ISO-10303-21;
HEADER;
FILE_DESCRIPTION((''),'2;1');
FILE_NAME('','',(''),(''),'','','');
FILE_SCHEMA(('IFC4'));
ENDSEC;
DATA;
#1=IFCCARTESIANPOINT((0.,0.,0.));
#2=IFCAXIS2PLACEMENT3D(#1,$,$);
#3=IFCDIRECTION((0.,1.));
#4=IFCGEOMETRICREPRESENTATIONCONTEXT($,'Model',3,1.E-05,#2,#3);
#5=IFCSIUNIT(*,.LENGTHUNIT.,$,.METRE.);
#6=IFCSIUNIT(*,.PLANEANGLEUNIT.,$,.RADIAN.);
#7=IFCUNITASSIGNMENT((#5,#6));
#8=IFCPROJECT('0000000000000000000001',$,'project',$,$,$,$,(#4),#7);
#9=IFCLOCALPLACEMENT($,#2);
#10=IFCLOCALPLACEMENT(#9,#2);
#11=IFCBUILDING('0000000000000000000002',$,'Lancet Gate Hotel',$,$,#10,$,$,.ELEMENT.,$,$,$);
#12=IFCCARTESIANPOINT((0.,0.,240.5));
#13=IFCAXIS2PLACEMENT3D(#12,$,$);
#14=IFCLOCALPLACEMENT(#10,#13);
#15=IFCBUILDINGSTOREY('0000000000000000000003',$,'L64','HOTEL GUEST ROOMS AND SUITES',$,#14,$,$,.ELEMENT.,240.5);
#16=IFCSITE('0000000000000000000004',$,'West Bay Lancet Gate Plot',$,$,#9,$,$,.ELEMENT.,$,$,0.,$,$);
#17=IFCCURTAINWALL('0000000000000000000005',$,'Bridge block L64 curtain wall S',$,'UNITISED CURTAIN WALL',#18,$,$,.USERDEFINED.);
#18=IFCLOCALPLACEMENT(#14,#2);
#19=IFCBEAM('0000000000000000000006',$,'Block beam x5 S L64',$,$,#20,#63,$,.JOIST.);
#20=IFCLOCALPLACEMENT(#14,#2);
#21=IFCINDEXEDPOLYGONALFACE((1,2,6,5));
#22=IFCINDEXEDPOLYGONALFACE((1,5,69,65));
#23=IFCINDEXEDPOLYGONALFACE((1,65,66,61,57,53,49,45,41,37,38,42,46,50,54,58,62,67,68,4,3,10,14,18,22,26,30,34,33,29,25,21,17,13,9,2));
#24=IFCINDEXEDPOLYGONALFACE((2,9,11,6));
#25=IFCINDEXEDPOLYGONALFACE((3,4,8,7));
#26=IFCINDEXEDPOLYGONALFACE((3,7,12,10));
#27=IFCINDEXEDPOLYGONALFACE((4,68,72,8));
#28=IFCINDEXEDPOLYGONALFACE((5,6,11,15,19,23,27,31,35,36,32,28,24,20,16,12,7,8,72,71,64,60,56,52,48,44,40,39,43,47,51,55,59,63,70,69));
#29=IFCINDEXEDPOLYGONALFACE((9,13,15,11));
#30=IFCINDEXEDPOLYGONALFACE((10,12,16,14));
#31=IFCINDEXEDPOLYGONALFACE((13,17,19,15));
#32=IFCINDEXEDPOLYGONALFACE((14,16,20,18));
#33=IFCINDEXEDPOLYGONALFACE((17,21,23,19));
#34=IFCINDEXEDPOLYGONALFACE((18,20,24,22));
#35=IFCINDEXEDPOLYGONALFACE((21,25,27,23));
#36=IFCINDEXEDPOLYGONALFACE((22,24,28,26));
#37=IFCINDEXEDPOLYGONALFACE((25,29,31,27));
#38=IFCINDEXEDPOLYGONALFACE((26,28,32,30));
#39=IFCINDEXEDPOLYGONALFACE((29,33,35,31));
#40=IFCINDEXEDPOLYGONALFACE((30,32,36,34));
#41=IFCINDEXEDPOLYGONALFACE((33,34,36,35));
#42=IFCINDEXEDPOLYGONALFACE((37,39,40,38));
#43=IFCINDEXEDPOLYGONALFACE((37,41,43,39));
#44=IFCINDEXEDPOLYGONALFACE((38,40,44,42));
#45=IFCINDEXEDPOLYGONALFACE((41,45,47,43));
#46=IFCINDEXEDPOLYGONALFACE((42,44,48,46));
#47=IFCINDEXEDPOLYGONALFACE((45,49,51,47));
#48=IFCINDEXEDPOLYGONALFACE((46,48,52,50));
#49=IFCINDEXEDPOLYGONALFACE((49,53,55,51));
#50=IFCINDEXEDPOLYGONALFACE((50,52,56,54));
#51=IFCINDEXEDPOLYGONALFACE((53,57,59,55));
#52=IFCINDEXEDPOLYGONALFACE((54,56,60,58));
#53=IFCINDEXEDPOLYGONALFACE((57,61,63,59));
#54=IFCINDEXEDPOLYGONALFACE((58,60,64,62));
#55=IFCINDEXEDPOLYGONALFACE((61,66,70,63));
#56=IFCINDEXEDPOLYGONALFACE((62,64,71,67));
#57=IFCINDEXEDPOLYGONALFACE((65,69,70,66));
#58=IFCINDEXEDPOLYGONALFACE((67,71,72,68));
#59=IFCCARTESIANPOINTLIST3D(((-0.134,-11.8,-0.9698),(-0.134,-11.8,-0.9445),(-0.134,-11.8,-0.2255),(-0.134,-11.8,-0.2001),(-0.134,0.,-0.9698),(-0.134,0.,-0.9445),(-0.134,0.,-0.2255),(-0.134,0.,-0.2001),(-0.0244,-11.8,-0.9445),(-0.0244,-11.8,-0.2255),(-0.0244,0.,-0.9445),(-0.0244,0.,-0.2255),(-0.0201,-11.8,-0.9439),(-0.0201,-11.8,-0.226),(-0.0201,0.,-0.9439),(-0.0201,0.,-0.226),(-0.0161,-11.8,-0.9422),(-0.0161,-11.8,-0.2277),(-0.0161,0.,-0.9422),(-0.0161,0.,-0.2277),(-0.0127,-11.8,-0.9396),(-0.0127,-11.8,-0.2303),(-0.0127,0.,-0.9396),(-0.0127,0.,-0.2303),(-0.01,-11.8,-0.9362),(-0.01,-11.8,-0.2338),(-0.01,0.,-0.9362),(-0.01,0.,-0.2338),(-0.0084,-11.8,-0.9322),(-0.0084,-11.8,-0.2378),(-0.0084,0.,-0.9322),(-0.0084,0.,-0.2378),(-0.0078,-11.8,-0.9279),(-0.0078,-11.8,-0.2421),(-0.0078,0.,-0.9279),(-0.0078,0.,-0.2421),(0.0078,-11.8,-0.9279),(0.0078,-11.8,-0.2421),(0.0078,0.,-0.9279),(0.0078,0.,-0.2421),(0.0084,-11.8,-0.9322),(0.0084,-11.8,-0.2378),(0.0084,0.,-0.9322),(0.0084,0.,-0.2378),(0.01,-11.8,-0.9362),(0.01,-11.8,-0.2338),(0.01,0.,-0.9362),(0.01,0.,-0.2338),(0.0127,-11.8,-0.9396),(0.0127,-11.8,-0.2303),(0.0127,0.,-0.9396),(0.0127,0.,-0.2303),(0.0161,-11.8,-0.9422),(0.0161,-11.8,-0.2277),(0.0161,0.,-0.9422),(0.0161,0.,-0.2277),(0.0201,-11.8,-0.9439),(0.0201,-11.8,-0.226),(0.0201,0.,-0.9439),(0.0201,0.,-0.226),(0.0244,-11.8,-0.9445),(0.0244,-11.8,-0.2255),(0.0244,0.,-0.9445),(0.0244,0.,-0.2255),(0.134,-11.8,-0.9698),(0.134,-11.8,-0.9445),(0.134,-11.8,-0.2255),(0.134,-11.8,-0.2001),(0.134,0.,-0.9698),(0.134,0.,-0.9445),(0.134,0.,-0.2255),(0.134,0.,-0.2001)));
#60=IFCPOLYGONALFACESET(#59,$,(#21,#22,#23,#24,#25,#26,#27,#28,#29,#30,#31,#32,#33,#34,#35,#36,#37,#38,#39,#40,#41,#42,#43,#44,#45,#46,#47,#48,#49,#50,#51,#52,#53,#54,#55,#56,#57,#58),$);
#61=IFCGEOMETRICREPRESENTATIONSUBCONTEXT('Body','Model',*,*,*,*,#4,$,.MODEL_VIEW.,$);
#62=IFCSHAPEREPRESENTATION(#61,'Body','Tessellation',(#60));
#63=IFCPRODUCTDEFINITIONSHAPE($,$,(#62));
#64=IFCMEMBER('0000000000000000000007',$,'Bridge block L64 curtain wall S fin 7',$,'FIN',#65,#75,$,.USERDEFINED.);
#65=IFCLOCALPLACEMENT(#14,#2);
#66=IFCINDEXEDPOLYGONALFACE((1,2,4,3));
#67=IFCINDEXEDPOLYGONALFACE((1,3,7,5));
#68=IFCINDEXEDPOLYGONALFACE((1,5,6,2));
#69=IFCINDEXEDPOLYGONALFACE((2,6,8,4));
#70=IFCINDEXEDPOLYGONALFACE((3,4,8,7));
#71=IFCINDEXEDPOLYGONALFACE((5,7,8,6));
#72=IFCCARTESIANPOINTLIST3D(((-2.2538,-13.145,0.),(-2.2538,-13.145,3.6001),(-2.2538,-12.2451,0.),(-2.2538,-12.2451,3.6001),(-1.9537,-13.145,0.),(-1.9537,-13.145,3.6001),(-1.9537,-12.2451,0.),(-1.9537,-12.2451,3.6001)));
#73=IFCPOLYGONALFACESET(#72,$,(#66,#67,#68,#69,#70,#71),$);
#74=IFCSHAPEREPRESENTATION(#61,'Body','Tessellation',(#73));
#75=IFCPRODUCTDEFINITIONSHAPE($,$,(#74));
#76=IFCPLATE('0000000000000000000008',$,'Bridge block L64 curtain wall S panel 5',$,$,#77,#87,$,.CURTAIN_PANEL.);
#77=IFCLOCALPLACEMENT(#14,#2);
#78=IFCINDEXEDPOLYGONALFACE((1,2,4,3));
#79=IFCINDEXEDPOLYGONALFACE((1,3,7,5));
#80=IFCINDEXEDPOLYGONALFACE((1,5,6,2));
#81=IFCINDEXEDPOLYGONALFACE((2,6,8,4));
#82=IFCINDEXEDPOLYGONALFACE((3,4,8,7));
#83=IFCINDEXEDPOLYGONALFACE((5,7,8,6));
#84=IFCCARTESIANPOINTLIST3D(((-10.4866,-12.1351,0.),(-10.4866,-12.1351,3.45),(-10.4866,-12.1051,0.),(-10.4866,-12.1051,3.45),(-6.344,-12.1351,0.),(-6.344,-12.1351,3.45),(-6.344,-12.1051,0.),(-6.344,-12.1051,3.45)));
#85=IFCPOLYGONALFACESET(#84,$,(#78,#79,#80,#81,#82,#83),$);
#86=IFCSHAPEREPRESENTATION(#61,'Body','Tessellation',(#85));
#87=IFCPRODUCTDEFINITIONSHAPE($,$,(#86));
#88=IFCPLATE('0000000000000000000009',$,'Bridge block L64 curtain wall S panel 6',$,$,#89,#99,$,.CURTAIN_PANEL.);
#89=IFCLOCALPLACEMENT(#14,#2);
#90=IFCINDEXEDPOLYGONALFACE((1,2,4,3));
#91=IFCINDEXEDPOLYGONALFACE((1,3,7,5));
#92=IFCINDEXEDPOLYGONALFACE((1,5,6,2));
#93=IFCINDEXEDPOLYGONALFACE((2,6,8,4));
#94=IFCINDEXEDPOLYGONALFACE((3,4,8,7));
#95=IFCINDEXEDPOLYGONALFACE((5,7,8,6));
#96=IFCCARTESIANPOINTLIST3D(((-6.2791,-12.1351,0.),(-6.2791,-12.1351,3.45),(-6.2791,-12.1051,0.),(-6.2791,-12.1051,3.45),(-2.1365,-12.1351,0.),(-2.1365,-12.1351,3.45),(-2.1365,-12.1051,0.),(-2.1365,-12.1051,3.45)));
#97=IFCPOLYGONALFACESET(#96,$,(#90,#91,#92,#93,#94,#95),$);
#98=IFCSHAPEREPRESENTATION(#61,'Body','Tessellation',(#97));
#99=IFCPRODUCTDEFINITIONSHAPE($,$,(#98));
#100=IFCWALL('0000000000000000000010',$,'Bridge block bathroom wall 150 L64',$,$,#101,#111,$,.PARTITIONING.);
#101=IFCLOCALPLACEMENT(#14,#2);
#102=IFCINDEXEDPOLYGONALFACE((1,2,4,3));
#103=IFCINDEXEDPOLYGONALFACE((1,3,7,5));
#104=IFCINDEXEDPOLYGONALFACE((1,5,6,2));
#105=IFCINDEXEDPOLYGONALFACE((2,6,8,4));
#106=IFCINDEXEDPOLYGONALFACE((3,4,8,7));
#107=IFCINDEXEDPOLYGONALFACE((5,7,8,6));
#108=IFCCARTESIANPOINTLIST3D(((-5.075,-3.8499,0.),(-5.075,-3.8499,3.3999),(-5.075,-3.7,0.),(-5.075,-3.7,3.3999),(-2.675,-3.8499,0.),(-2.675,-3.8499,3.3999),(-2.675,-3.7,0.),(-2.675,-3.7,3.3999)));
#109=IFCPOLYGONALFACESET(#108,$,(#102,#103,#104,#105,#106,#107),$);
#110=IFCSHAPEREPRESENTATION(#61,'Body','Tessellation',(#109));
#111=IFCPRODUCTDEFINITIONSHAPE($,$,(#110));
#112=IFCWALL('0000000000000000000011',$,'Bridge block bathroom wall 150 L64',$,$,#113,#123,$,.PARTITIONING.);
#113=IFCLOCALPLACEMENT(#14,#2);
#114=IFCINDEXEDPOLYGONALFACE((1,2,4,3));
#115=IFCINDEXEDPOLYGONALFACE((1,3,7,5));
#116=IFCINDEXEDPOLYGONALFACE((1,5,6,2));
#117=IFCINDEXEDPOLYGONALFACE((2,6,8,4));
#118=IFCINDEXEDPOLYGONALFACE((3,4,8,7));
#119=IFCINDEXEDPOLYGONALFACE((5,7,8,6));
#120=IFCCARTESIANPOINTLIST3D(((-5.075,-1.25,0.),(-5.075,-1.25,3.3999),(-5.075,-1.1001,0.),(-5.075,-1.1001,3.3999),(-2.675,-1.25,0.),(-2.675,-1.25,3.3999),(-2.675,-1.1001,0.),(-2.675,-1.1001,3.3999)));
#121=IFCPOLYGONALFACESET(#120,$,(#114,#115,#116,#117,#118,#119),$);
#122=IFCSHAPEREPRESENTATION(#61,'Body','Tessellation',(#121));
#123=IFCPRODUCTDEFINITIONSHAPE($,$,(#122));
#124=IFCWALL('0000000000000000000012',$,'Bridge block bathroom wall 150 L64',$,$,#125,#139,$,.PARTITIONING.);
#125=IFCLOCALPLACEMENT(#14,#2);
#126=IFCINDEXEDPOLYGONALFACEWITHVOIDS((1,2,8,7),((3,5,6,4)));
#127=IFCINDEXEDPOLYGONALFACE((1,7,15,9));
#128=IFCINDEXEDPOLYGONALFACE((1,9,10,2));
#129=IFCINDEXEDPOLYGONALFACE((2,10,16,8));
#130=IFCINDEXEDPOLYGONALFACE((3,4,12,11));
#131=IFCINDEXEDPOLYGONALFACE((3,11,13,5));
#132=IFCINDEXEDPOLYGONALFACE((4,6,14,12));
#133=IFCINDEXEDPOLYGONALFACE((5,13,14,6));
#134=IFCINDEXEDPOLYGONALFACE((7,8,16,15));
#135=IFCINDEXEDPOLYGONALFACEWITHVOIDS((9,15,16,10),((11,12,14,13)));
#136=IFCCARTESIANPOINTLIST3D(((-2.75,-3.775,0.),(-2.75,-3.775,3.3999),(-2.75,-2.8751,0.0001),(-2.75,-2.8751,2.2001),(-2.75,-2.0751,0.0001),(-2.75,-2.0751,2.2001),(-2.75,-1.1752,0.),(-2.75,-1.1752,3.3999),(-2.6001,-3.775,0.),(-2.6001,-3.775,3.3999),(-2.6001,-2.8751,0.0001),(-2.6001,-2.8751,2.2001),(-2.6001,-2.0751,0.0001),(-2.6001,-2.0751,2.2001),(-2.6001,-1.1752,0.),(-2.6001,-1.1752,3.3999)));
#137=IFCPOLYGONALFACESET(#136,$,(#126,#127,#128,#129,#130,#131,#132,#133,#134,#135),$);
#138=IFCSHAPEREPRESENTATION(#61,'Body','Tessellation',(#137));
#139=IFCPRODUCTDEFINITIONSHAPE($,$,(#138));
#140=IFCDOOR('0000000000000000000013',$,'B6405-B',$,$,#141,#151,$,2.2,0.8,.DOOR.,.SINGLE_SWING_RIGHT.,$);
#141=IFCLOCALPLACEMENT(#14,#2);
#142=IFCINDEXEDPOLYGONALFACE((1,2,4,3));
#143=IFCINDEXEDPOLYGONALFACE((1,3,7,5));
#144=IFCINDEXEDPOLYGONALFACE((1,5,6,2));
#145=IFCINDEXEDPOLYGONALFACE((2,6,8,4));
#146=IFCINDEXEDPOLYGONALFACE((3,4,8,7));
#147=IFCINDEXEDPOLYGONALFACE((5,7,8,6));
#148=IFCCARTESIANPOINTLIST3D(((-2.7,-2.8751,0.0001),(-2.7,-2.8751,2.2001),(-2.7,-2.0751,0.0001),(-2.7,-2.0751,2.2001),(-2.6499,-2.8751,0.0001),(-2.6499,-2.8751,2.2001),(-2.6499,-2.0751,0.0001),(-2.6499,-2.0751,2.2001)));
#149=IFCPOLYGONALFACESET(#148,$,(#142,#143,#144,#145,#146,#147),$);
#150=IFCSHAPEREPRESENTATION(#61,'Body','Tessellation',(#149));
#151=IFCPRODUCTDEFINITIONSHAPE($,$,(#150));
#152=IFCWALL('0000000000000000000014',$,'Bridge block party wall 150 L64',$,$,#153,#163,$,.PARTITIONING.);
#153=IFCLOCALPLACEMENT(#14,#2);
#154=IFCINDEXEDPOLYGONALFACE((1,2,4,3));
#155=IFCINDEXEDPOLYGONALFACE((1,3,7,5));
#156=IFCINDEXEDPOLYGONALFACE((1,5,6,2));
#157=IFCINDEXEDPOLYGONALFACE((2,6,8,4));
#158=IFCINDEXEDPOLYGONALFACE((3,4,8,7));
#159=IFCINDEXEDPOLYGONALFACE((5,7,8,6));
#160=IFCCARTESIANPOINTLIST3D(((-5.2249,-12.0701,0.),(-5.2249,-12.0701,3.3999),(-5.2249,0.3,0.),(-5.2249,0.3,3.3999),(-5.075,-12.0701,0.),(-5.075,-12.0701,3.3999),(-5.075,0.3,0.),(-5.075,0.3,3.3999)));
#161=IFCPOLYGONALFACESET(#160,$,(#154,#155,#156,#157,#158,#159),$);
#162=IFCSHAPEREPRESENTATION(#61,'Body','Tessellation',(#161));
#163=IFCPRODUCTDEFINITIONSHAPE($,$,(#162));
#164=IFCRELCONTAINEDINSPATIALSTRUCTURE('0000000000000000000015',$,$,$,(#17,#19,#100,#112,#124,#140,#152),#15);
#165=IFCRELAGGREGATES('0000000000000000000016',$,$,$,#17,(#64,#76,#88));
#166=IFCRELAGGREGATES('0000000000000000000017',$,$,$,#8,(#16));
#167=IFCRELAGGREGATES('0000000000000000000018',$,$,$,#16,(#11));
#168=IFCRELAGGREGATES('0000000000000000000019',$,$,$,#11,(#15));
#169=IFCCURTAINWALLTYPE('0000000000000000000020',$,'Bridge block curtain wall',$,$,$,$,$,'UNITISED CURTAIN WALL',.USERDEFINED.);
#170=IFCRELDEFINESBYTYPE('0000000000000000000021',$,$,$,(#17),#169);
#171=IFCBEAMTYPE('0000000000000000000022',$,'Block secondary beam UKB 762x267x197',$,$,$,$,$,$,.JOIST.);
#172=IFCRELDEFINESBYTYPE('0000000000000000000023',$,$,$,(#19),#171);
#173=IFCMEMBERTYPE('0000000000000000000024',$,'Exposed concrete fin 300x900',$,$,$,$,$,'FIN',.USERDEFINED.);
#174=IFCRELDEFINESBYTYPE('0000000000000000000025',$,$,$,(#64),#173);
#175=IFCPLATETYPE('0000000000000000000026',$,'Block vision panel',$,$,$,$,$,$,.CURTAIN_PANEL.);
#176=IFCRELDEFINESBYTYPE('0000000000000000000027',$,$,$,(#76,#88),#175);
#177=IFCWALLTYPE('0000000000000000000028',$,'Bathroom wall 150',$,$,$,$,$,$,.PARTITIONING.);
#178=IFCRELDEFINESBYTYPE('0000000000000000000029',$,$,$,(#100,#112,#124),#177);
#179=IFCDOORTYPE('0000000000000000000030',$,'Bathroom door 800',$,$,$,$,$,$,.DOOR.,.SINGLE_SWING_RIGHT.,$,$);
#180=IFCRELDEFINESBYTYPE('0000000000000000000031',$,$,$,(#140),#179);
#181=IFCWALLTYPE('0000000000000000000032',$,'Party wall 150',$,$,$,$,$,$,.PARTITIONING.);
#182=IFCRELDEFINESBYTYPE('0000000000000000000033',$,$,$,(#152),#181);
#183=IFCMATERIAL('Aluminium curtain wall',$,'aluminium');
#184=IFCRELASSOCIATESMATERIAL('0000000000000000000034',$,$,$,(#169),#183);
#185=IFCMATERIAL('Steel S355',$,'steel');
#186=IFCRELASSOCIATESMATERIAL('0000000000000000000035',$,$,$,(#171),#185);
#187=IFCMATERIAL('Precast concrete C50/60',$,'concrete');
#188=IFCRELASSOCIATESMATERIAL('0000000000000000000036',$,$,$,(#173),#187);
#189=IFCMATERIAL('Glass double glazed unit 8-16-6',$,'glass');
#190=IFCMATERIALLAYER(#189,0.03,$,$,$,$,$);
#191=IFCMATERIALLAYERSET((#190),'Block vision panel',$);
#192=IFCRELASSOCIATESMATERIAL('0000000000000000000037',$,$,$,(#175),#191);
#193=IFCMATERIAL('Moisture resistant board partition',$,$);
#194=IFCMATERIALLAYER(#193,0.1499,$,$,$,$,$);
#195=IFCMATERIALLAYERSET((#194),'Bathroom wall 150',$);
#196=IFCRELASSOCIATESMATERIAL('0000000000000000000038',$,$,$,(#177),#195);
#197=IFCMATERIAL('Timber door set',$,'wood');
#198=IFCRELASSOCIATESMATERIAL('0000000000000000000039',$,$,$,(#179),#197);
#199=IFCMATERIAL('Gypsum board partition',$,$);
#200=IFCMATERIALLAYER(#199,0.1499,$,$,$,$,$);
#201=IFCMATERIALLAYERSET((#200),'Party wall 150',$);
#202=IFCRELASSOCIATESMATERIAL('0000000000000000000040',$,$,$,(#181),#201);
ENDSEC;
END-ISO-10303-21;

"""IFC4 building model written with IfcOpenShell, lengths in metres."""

from ifc_helpers import new_model, si_unit, direction, frame, frame_2d, origin, origin_2d, place, context, subcontext, project, spatial, rectangle, i_section, extrude, material, layer, layer_set, material_profile, profile_set, type_object, element, fill, aggregate, save


model = new_model("IFC4")

# Units and contexts
model_context = context("Model", 3, precision=1e-05, world=origin(), true_north=direction((0.0, 1.0)))
body_context = subcontext(model_context, "Body", "Model", "MODEL_VIEW")
ifc_project = project(units=[si_unit("LENGTHUNIT", "METRE"), si_unit("PLANEANGLEUNIT", "RADIAN")], contexts=[model_context])

# Site, building, storey
site_placement = place(None, origin())
site = spatial("IfcSite", under=ifc_project, at=site_placement, Name="West Bay Lancet Gate Plot", CompositionType="ELEMENT", RefElevation=0.0)
building_placement = place(site_placement, origin())
building = spatial("IfcBuilding", under=site, at=building_placement, Name="Lancet Gate Hotel", CompositionType="ELEMENT")
storey_placement = place(building_placement, frame((0.0, 0.0, 240.5)))
storey = spatial("IfcBuildingStorey", under=building, at=storey_placement, Name="L64", Description="HOTEL GUEST ROOMS AND SUITES", CompositionType="ELEMENT", Elevation=240.5)

# Curtain wall
ifc_material_1 = material(Name="Aluminium curtain wall", Category="aluminium")
curtain_wall_type = type_object("IfcCurtainWallType", Name="Bridge block curtain wall", ElementType="UNITISED CURTAIN WALL", PredefinedType="USERDEFINED", material=ifc_material_1)
curtain_wall_placement = place(storey_placement, origin())
curtain_wall = element("IfcCurtainWall", 1, at=curtain_wall_placement, inside=storey, type_object=curtain_wall_type, Name="Bridge block L64 curtain wall S", ObjectType="UNITISED CURTAIN WALL", PredefinedType="USERDEFINED")

# Beam
ifc_material_2 = material(Name="Steel S355", Category="steel")
ifc_material_profile_1 = material_profile(ifc_material_2, i_section(OverallWidth=0.2681, OverallDepth=0.7698, WebThickness=0.0156, FlangeThickness=0.0254, FilletRadius=0.0166, at=origin_2d()), Name="UKB 762x267x197")
ifc_profile_set_1 = profile_set([ifc_material_profile_1], Name="Steel S355")
beam_type_1 = type_object("IfcBeamType", Name="Block secondary beam UKB 762x267x197", PredefinedType="JOIST", material=ifc_profile_set_1)
for number, where, z_axis, x_axis, name in (
    (2, (0.0, -11.8, -0.585), (0.0, 1.0, 0.0), (-1.0, 0.0, 0.0), "Block beam x5 S L64"),
):
    element("IfcBeam", number, at=place(storey_placement, frame(where, z_axis=z_axis, x_axis=x_axis)), inside=storey, type_object=beam_type_1, Name=name, PredefinedType="JOIST", context=body_context, shape_type="SweptSolid", body=[
        extrude(i_section(OverallWidth=0.2681, OverallDepth=0.7698, WebThickness=0.0156, FlangeThickness=0.0254, FilletRadius=0.0166, at=origin_2d()), origin(), (0.0, 0.0, 1.0), 11.8),
    ])

# Member
ifc_material_3 = material(Name="Precast concrete C50/60", Category="concrete")
ifc_material_profile_2 = material_profile(ifc_material_3, rectangle(XDim=0.3, YDim=0.8999, at=origin_2d()), Name="FIN 300x900")
ifc_profile_set_2 = profile_set([ifc_material_profile_2], Name="Precast concrete C50/60")
member_type_1 = type_object("IfcMemberType", Name="Exposed concrete fin 300x900", ElementType="FIN", PredefinedType="USERDEFINED", material=ifc_profile_set_2)
member_1_placement = place(storey_placement, frame((-2.1038, -12.6951, 0.0), z_axis=(0.0, 0.0, 1.0), x_axis=(1.0, 0.0, 0.0)))
member_1 = element("IfcMember", 3, at=member_1_placement, type_object=member_type_1, Name="Bridge block L64 curtain wall S fin 7", ObjectType="FIN", PredefinedType="USERDEFINED", context=body_context, shape_type="SweptSolid", body=[
    extrude(rectangle(XDim=0.3, YDim=0.8999, at=origin_2d()), origin(), (0.0, 0.0, 1.0), 3.6001),
])

# Plates
ifc_material_4 = material(Name="Glass double glazed unit 8-16-6", Category="glass")
ifc_layer_1 = layer(ifc_material_4, 0.03)
ifc_layer_set_1 = layer_set([ifc_layer_1], Name="Block vision panel")
plate_type = type_object("IfcPlateType", Name="Block vision panel", PredefinedType="CURTAIN_PANEL", material=ifc_layer_set_1)
plate_1_placement = place(storey_placement, frame((-8.4153, -12.1201, 0.0), z_axis=(0.0, 0.0, 1.0), x_axis=(1.0, 0.0, 0.0)))
plate_1 = element("IfcPlate", 4, at=plate_1_placement, type_object=plate_type, Name="Bridge block L64 curtain wall S panel 5", PredefinedType="CURTAIN_PANEL", context=body_context, shape_type="SweptSolid", body=[
    extrude(rectangle(XDim=4.1426, YDim=0.03, at=origin_2d()), origin(), (0.0, 0.0, 1.0), 3.45),
])
plate_2_placement = place(storey_placement, frame((-4.2078, -12.1201, 0.0), z_axis=(0.0, 0.0, 1.0), x_axis=(1.0, 0.0, 0.0)))
plate_2 = element("IfcPlate", 5, at=plate_2_placement, type_object=plate_type, Name="Bridge block L64 curtain wall S panel 6", PredefinedType="CURTAIN_PANEL", context=body_context, shape_type="SweptSolid", body=[
    extrude(rectangle(XDim=4.1426, YDim=0.03, at=origin_2d()), origin(), (0.0, 0.0, 1.0), 3.45),
])
aggregate(curtain_wall, [member_1, plate_1, plate_2])

# Walls
ifc_material_5 = material(Name="Moisture resistant board partition")
ifc_layer_2 = layer(ifc_material_5, 0.1499)
ifc_layer_set_2 = layer_set([ifc_layer_2], Name="Bathroom wall 150")
wall_type_1 = type_object("IfcWallType", Name="Bathroom wall 150", PredefinedType="PARTITIONING", material=ifc_layer_set_2)
for number, where, z_axis, x_axis, name in (
    (6, (-5.075, -3.7749, 0.0), (0.0, 0.0, 1.0), (1.0, 0.0, 0.0), "Bridge block bathroom wall 150 L64"),
    (7, (-5.075, -1.175, 0.0), (0.0, 0.0, 1.0), (1.0, 0.0, 0.0), "Bridge block bathroom wall 150 L64"),
):
    element("IfcWall", number, at=place(storey_placement, frame(where, z_axis=z_axis, x_axis=x_axis)), inside=storey, type_object=wall_type_1, Name=name, PredefinedType="PARTITIONING", context=body_context, shape_type="SweptSolid", body=[
        extrude(rectangle(XDim=2.3999, YDim=0.1499, at=frame_2d((1.2, 0.0))), origin(), (0.0, 0.0, 1.0), 3.3999),
    ])

# Wall, opening, door
wall_1_placement = place(storey_placement, frame((-2.675, -3.7749, 0.0), z_axis=(0.0, 0.0, 1.0), x_axis=(0.0, 1.0, 0.0)))
wall_1 = element("IfcWall", 8, at=wall_1_placement, inside=storey, type_object=wall_type_1, Name="Bridge block bathroom wall 150 L64", PredefinedType="PARTITIONING", context=body_context, shape_type="SweptSolid", body=[
    extrude(rectangle(XDim=2.5999, YDim=0.1499, at=frame_2d((1.2998, 0.0))), origin(), (0.0, 0.0, 1.0), 3.3999),
])
opening_placement = place(wall_1_placement, frame((0.8999, 0.0, 0.0)))
opening = element("IfcOpeningElement", 9, at=opening_placement, cuts=wall_1, PredefinedType="OPENING", context=body_context, shape_type="SweptSolid", body=[
    extrude(rectangle(XDim=0.8, YDim=2.2, at=frame_2d((0.3999, 1.1001))), frame((0.0, 0.085, 0.0), z_axis=(0.0, -1.0, 0.0), x_axis=(1.0, 0.0, 0.0)), (0.0, 0.0, 1.0), 0.1699),
])
ifc_material_6 = material(Name="Timber door set", Category="wood")
door_type = type_object("IfcDoorType", Name="Bathroom door 800", OperationType="SINGLE_SWING_RIGHT", PredefinedType="DOOR", material=ifc_material_6)
door_placement = place(opening_placement, origin())
door = element("IfcDoor", 10, at=door_placement, inside=storey, type_object=door_type, Name="B6405-B", OperationType="SINGLE_SWING_RIGHT", OverallHeight=2.2, OverallWidth=0.8, PredefinedType="DOOR", context=body_context, shape_type="SweptSolid", body=[
    extrude(rectangle(XDim=0.8, YDim=2.2, at=frame_2d((0.3999, 1.1001))), frame((0.0, 0.0249, 0.0), z_axis=(0.0, -1.0, 0.0), x_axis=(1.0, 0.0, 0.0)), (0.0, 0.0, 1.0), 0.05),
])
fill(opening, door)

# Wall
ifc_material_7 = material(Name="Gypsum board partition")
ifc_layer_3 = layer(ifc_material_7, 0.1499)
ifc_layer_set_3 = layer_set([ifc_layer_3], Name="Party wall 150")
wall_type_2 = type_object("IfcWallType", Name="Party wall 150", PredefinedType="PARTITIONING", material=ifc_layer_set_3)
wall_2_placement = place(storey_placement, frame((-5.1499, -12.0701, 0.0), z_axis=(0.0, 0.0, 1.0), x_axis=(0.0, 1.0, 0.0)))
element("IfcWall", 11, at=wall_2_placement, inside=storey, type_object=wall_type_2, Name="Bridge block party wall 150 L64", PredefinedType="PARTITIONING", context=body_context, shape_type="SweptSolid", body=[
    extrude(rectangle(XDim=12.3701, YDim=0.1499, at=frame_2d((6.1851, 0.0))), origin(), (0.0, 0.0, 1.0), 3.3999),
])

save(model, "model.ifc")
